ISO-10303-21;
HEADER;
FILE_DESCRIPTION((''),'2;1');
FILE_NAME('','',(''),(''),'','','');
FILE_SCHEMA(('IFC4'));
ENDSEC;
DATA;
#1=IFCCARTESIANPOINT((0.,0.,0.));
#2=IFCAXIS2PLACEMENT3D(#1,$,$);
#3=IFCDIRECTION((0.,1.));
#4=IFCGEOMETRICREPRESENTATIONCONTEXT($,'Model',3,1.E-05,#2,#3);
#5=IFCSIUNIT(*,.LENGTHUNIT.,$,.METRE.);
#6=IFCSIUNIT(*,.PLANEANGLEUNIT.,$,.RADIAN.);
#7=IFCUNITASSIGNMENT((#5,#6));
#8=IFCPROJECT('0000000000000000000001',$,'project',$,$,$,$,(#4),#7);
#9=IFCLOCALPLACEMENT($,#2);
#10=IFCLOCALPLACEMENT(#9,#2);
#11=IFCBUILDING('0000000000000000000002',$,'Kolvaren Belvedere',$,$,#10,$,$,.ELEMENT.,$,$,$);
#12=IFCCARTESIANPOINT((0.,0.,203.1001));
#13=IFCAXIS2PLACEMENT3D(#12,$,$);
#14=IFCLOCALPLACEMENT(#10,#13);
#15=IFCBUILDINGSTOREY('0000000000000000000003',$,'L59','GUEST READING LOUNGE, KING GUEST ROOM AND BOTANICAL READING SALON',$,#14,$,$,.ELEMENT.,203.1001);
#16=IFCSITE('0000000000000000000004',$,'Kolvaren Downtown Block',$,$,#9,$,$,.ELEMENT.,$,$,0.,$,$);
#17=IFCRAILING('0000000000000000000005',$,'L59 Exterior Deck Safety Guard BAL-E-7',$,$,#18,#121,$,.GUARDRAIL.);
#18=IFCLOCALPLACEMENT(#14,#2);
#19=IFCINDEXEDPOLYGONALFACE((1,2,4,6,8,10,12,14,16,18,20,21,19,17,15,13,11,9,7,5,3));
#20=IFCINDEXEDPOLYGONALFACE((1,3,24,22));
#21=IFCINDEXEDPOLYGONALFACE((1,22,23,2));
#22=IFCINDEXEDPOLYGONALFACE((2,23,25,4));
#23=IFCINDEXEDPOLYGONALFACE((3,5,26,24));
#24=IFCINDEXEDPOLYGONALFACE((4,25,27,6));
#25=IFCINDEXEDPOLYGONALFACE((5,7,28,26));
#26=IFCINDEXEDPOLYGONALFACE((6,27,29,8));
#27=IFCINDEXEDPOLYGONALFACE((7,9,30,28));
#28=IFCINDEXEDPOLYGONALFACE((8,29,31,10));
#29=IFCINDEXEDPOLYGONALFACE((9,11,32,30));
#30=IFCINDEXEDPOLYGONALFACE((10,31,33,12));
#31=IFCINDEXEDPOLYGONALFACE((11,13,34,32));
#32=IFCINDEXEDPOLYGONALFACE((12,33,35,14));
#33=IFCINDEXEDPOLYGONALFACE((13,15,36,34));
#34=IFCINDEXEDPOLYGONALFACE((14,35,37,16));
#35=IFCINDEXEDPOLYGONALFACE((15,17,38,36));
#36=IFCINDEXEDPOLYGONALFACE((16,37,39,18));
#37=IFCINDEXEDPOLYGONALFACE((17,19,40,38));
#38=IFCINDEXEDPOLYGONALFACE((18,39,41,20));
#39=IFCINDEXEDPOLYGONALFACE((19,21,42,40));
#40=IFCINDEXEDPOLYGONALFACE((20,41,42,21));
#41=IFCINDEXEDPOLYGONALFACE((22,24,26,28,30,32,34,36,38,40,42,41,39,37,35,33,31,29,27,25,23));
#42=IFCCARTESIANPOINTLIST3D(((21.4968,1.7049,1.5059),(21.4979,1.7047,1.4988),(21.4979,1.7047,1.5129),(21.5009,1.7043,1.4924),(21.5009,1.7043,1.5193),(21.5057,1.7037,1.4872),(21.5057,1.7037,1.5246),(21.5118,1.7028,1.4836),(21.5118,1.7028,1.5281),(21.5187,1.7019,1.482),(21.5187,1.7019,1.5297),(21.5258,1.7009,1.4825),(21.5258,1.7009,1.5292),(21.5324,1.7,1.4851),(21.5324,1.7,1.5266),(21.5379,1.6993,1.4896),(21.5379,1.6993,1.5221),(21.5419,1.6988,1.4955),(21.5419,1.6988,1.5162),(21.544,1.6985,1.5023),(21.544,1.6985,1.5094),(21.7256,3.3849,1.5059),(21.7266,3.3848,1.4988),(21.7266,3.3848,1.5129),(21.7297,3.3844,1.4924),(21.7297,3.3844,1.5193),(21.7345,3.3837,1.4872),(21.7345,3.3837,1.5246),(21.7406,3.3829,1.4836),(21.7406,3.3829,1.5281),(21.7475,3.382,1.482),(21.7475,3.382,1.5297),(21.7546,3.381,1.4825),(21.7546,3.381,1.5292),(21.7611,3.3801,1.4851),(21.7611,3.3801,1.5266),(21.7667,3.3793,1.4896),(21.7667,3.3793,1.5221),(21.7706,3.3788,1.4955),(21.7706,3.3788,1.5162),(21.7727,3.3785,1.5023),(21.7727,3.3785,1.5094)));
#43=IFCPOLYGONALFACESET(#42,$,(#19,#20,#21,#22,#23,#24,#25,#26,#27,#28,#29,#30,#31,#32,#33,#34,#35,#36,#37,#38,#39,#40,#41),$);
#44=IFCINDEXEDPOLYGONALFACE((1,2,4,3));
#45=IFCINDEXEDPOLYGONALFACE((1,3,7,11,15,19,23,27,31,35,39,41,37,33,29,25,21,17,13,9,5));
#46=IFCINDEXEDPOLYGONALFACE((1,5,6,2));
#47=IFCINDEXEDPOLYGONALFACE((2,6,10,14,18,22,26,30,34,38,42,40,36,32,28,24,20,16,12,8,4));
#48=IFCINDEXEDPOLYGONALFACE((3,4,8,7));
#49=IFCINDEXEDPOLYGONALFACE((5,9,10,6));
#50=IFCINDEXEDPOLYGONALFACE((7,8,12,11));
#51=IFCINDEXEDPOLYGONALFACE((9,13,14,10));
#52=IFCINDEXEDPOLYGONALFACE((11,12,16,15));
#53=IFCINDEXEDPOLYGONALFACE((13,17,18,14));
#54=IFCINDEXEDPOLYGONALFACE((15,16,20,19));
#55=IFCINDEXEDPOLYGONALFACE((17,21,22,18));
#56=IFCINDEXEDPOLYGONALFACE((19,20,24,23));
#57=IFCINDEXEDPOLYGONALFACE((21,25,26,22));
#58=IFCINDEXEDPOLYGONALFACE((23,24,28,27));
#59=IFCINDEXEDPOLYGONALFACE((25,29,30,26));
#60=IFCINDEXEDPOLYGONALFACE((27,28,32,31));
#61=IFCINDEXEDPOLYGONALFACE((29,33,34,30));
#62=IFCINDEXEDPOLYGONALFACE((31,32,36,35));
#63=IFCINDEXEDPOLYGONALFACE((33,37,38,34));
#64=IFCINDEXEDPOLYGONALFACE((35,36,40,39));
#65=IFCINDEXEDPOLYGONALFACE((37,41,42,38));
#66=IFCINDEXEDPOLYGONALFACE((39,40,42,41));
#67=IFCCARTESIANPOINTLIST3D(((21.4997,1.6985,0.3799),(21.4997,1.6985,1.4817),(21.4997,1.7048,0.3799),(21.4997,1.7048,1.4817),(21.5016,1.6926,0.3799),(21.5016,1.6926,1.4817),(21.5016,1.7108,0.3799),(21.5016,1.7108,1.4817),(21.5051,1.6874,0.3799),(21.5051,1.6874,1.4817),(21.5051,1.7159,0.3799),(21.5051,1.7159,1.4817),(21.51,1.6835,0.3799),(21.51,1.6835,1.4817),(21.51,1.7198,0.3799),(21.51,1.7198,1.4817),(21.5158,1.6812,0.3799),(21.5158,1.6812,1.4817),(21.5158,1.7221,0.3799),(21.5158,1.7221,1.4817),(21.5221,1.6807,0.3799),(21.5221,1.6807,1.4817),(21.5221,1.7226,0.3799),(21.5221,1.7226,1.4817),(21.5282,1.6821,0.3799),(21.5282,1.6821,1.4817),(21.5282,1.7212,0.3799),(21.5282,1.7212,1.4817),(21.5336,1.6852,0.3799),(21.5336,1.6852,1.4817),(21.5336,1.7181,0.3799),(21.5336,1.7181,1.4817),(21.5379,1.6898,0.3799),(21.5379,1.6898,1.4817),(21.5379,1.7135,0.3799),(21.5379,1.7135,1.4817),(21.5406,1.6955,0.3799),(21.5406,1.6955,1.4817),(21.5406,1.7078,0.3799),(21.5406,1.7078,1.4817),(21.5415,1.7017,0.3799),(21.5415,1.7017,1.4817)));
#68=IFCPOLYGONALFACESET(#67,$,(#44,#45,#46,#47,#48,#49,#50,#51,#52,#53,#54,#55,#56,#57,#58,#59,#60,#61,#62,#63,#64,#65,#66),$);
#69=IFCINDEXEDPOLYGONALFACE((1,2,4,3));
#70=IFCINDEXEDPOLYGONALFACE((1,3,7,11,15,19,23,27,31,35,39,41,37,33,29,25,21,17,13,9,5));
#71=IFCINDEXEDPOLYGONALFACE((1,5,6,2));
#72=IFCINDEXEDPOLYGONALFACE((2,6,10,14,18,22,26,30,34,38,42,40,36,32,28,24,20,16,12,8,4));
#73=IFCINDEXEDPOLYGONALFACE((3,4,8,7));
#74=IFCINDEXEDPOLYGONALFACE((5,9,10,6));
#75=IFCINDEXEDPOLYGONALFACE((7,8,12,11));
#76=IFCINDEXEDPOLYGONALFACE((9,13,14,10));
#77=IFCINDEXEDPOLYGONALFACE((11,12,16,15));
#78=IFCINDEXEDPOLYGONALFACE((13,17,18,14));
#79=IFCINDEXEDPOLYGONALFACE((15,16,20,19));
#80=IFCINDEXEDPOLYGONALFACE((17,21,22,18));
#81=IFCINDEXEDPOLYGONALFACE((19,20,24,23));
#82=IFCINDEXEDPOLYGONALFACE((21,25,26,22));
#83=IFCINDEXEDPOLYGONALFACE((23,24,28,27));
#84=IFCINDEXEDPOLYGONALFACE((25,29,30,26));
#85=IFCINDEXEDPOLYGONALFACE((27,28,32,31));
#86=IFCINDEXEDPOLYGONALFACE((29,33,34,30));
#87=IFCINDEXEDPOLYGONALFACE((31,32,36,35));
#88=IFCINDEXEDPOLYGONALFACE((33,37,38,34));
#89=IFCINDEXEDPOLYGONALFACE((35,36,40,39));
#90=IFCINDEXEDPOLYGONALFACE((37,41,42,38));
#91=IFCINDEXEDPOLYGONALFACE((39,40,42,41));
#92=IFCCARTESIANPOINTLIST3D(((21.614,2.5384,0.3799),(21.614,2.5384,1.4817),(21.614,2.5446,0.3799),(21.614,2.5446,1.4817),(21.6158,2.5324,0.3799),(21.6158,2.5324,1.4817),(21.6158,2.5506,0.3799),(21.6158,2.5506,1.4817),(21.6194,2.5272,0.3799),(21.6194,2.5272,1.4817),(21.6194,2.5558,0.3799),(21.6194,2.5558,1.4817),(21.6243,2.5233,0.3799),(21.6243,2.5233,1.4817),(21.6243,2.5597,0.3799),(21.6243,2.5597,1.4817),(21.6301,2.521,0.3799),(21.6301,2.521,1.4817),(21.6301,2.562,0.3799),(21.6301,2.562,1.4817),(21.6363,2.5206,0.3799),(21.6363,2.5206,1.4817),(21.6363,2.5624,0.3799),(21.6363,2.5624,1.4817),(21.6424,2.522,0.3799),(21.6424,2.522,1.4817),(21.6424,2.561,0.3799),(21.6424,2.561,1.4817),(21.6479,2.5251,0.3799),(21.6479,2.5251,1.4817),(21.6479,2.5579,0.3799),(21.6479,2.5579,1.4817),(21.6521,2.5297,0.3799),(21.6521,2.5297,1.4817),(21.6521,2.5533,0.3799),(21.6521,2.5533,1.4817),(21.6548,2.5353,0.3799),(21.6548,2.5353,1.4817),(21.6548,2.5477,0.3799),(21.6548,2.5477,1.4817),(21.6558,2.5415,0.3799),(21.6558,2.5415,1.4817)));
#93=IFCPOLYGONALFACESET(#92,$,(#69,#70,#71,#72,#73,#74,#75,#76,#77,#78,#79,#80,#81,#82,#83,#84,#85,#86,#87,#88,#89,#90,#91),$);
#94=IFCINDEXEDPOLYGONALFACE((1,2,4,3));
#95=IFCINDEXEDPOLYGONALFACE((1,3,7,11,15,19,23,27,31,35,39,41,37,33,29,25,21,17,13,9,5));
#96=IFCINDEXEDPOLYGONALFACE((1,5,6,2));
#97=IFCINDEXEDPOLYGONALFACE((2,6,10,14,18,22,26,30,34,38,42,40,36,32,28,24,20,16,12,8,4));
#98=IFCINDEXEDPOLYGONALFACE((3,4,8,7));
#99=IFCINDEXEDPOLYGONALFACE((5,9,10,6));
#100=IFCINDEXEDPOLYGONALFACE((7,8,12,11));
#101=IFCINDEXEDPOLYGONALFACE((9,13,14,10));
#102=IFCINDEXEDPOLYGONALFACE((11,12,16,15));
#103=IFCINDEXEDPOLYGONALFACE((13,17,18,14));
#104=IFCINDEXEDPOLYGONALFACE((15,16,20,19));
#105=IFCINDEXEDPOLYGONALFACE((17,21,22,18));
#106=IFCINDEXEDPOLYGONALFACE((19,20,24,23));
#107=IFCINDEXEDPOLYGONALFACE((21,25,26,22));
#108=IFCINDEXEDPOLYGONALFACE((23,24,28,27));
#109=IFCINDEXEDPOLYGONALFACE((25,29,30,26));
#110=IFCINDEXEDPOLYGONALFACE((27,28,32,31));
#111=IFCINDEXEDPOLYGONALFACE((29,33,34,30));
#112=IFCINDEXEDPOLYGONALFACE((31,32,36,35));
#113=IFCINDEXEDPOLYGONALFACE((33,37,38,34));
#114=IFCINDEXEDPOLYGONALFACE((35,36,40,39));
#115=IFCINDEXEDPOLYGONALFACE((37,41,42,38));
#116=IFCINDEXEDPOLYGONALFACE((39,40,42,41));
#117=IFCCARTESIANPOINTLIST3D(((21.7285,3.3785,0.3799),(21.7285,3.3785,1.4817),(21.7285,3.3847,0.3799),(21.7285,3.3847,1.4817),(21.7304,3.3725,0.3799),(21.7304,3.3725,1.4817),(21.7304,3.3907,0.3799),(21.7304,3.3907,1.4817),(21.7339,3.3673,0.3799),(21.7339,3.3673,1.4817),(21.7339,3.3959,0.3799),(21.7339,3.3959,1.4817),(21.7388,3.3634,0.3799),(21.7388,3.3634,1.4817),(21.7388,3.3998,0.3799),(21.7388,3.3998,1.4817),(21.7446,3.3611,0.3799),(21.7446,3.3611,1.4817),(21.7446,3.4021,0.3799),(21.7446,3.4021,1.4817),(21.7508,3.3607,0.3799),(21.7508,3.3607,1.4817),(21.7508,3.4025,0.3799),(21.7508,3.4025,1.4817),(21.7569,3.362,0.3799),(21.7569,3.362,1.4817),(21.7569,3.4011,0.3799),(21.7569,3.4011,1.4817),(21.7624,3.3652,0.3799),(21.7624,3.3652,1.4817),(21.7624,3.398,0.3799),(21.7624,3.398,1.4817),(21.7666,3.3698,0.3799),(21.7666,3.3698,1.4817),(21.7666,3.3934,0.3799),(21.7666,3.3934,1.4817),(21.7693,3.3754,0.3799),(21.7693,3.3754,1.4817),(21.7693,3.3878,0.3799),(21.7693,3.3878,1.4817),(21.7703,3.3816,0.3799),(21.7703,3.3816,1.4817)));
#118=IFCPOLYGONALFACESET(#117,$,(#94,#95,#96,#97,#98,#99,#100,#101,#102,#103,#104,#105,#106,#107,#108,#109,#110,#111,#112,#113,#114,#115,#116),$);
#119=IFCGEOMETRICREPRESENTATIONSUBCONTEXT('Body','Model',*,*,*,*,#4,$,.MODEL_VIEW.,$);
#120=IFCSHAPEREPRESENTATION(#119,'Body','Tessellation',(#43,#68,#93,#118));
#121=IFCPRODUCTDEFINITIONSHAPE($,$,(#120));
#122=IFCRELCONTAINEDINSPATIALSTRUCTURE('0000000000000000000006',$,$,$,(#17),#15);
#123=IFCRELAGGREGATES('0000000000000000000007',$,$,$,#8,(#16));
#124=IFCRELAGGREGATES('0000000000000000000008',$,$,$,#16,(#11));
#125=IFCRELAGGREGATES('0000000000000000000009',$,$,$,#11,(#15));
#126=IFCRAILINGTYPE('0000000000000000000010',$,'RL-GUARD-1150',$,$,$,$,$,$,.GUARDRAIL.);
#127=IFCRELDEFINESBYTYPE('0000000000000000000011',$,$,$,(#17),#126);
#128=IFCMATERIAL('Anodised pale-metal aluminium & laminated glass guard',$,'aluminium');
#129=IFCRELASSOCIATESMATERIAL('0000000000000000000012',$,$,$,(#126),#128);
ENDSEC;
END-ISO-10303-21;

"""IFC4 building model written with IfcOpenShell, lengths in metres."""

from ifc_helpers import new_model, si_unit, direction, frame, origin, origin_2d, place, context, subcontext, project, spatial, circle, extrude, material, type_object, element, save


model = new_model("IFC4")

# Units and contexts
model_context = context("Model", 3, precision=1e-05, world=origin(), true_north=direction((0.0, 1.0)))
body_context = subcontext(model_context, "Body", "Model", "MODEL_VIEW")
ifc_project = project(units=[si_unit("LENGTHUNIT", "METRE"), si_unit("PLANEANGLEUNIT", "RADIAN")], contexts=[model_context])

# Site, building, storey
site_placement = place(None, origin())
site = spatial("IfcSite", under=ifc_project, at=site_placement, Name="Kolvaren Downtown Block", CompositionType="ELEMENT", RefElevation=0.0)
building_placement = place(site_placement, origin())
building = spatial("IfcBuilding", under=site, at=building_placement, Name="Kolvaren Belvedere", CompositionType="ELEMENT")
storey_placement = place(building_placement, frame((0.0, 0.0, 203.1001)))
storey = spatial("IfcBuildingStorey", under=building, at=storey_placement, Name="L59", Description="GUEST READING LOUNGE, KING GUEST ROOM AND BOTANICAL READING SALON", CompositionType="ELEMENT", Elevation=203.1001)

# Railing
ifc_material_1 = material(Name="Anodised pale-metal aluminium & laminated glass guard", Category="aluminium")
railing_type = type_object("IfcRailingType", Name="RL-GUARD-1150", PredefinedType="GUARDRAIL", material=ifc_material_1)
railing_1_placement = place(storey_placement, frame((21.5205, 1.7017, 0.3799)))
element("IfcRailing", 1, at=railing_1_placement, inside=storey, type_object=railing_type, Name="L59 Exterior Deck Safety Guard BAL-E-7", PredefinedType="GUARDRAIL", context=body_context, shape_type="SweptSolid", body=[
    extrude(circle(Radius=0.0239, at=origin_2d()), frame((0.0, 0.0, 1.126), z_axis=(0.134927, 0.990856, 0.0), x_axis=(-0.990856, 0.134927, 0.0)), (0.0, 0.0, 1.0), 1.6956),
    extrude(circle(Radius=0.021, at=origin_2d()), origin(), (0.0, 0.0, 1.0), 1.1018),
    extrude(circle(Radius=0.021, at=origin_2d()), frame((0.1143, 0.8398, 0.0)), (0.0, 0.0, 1.0), 1.1018),
    extrude(circle(Radius=0.021, at=origin_2d()), frame((0.2288, 1.6799, 0.0)), (0.0, 0.0, 1.0), 1.1018),
])

save(model, "model.ifc")
